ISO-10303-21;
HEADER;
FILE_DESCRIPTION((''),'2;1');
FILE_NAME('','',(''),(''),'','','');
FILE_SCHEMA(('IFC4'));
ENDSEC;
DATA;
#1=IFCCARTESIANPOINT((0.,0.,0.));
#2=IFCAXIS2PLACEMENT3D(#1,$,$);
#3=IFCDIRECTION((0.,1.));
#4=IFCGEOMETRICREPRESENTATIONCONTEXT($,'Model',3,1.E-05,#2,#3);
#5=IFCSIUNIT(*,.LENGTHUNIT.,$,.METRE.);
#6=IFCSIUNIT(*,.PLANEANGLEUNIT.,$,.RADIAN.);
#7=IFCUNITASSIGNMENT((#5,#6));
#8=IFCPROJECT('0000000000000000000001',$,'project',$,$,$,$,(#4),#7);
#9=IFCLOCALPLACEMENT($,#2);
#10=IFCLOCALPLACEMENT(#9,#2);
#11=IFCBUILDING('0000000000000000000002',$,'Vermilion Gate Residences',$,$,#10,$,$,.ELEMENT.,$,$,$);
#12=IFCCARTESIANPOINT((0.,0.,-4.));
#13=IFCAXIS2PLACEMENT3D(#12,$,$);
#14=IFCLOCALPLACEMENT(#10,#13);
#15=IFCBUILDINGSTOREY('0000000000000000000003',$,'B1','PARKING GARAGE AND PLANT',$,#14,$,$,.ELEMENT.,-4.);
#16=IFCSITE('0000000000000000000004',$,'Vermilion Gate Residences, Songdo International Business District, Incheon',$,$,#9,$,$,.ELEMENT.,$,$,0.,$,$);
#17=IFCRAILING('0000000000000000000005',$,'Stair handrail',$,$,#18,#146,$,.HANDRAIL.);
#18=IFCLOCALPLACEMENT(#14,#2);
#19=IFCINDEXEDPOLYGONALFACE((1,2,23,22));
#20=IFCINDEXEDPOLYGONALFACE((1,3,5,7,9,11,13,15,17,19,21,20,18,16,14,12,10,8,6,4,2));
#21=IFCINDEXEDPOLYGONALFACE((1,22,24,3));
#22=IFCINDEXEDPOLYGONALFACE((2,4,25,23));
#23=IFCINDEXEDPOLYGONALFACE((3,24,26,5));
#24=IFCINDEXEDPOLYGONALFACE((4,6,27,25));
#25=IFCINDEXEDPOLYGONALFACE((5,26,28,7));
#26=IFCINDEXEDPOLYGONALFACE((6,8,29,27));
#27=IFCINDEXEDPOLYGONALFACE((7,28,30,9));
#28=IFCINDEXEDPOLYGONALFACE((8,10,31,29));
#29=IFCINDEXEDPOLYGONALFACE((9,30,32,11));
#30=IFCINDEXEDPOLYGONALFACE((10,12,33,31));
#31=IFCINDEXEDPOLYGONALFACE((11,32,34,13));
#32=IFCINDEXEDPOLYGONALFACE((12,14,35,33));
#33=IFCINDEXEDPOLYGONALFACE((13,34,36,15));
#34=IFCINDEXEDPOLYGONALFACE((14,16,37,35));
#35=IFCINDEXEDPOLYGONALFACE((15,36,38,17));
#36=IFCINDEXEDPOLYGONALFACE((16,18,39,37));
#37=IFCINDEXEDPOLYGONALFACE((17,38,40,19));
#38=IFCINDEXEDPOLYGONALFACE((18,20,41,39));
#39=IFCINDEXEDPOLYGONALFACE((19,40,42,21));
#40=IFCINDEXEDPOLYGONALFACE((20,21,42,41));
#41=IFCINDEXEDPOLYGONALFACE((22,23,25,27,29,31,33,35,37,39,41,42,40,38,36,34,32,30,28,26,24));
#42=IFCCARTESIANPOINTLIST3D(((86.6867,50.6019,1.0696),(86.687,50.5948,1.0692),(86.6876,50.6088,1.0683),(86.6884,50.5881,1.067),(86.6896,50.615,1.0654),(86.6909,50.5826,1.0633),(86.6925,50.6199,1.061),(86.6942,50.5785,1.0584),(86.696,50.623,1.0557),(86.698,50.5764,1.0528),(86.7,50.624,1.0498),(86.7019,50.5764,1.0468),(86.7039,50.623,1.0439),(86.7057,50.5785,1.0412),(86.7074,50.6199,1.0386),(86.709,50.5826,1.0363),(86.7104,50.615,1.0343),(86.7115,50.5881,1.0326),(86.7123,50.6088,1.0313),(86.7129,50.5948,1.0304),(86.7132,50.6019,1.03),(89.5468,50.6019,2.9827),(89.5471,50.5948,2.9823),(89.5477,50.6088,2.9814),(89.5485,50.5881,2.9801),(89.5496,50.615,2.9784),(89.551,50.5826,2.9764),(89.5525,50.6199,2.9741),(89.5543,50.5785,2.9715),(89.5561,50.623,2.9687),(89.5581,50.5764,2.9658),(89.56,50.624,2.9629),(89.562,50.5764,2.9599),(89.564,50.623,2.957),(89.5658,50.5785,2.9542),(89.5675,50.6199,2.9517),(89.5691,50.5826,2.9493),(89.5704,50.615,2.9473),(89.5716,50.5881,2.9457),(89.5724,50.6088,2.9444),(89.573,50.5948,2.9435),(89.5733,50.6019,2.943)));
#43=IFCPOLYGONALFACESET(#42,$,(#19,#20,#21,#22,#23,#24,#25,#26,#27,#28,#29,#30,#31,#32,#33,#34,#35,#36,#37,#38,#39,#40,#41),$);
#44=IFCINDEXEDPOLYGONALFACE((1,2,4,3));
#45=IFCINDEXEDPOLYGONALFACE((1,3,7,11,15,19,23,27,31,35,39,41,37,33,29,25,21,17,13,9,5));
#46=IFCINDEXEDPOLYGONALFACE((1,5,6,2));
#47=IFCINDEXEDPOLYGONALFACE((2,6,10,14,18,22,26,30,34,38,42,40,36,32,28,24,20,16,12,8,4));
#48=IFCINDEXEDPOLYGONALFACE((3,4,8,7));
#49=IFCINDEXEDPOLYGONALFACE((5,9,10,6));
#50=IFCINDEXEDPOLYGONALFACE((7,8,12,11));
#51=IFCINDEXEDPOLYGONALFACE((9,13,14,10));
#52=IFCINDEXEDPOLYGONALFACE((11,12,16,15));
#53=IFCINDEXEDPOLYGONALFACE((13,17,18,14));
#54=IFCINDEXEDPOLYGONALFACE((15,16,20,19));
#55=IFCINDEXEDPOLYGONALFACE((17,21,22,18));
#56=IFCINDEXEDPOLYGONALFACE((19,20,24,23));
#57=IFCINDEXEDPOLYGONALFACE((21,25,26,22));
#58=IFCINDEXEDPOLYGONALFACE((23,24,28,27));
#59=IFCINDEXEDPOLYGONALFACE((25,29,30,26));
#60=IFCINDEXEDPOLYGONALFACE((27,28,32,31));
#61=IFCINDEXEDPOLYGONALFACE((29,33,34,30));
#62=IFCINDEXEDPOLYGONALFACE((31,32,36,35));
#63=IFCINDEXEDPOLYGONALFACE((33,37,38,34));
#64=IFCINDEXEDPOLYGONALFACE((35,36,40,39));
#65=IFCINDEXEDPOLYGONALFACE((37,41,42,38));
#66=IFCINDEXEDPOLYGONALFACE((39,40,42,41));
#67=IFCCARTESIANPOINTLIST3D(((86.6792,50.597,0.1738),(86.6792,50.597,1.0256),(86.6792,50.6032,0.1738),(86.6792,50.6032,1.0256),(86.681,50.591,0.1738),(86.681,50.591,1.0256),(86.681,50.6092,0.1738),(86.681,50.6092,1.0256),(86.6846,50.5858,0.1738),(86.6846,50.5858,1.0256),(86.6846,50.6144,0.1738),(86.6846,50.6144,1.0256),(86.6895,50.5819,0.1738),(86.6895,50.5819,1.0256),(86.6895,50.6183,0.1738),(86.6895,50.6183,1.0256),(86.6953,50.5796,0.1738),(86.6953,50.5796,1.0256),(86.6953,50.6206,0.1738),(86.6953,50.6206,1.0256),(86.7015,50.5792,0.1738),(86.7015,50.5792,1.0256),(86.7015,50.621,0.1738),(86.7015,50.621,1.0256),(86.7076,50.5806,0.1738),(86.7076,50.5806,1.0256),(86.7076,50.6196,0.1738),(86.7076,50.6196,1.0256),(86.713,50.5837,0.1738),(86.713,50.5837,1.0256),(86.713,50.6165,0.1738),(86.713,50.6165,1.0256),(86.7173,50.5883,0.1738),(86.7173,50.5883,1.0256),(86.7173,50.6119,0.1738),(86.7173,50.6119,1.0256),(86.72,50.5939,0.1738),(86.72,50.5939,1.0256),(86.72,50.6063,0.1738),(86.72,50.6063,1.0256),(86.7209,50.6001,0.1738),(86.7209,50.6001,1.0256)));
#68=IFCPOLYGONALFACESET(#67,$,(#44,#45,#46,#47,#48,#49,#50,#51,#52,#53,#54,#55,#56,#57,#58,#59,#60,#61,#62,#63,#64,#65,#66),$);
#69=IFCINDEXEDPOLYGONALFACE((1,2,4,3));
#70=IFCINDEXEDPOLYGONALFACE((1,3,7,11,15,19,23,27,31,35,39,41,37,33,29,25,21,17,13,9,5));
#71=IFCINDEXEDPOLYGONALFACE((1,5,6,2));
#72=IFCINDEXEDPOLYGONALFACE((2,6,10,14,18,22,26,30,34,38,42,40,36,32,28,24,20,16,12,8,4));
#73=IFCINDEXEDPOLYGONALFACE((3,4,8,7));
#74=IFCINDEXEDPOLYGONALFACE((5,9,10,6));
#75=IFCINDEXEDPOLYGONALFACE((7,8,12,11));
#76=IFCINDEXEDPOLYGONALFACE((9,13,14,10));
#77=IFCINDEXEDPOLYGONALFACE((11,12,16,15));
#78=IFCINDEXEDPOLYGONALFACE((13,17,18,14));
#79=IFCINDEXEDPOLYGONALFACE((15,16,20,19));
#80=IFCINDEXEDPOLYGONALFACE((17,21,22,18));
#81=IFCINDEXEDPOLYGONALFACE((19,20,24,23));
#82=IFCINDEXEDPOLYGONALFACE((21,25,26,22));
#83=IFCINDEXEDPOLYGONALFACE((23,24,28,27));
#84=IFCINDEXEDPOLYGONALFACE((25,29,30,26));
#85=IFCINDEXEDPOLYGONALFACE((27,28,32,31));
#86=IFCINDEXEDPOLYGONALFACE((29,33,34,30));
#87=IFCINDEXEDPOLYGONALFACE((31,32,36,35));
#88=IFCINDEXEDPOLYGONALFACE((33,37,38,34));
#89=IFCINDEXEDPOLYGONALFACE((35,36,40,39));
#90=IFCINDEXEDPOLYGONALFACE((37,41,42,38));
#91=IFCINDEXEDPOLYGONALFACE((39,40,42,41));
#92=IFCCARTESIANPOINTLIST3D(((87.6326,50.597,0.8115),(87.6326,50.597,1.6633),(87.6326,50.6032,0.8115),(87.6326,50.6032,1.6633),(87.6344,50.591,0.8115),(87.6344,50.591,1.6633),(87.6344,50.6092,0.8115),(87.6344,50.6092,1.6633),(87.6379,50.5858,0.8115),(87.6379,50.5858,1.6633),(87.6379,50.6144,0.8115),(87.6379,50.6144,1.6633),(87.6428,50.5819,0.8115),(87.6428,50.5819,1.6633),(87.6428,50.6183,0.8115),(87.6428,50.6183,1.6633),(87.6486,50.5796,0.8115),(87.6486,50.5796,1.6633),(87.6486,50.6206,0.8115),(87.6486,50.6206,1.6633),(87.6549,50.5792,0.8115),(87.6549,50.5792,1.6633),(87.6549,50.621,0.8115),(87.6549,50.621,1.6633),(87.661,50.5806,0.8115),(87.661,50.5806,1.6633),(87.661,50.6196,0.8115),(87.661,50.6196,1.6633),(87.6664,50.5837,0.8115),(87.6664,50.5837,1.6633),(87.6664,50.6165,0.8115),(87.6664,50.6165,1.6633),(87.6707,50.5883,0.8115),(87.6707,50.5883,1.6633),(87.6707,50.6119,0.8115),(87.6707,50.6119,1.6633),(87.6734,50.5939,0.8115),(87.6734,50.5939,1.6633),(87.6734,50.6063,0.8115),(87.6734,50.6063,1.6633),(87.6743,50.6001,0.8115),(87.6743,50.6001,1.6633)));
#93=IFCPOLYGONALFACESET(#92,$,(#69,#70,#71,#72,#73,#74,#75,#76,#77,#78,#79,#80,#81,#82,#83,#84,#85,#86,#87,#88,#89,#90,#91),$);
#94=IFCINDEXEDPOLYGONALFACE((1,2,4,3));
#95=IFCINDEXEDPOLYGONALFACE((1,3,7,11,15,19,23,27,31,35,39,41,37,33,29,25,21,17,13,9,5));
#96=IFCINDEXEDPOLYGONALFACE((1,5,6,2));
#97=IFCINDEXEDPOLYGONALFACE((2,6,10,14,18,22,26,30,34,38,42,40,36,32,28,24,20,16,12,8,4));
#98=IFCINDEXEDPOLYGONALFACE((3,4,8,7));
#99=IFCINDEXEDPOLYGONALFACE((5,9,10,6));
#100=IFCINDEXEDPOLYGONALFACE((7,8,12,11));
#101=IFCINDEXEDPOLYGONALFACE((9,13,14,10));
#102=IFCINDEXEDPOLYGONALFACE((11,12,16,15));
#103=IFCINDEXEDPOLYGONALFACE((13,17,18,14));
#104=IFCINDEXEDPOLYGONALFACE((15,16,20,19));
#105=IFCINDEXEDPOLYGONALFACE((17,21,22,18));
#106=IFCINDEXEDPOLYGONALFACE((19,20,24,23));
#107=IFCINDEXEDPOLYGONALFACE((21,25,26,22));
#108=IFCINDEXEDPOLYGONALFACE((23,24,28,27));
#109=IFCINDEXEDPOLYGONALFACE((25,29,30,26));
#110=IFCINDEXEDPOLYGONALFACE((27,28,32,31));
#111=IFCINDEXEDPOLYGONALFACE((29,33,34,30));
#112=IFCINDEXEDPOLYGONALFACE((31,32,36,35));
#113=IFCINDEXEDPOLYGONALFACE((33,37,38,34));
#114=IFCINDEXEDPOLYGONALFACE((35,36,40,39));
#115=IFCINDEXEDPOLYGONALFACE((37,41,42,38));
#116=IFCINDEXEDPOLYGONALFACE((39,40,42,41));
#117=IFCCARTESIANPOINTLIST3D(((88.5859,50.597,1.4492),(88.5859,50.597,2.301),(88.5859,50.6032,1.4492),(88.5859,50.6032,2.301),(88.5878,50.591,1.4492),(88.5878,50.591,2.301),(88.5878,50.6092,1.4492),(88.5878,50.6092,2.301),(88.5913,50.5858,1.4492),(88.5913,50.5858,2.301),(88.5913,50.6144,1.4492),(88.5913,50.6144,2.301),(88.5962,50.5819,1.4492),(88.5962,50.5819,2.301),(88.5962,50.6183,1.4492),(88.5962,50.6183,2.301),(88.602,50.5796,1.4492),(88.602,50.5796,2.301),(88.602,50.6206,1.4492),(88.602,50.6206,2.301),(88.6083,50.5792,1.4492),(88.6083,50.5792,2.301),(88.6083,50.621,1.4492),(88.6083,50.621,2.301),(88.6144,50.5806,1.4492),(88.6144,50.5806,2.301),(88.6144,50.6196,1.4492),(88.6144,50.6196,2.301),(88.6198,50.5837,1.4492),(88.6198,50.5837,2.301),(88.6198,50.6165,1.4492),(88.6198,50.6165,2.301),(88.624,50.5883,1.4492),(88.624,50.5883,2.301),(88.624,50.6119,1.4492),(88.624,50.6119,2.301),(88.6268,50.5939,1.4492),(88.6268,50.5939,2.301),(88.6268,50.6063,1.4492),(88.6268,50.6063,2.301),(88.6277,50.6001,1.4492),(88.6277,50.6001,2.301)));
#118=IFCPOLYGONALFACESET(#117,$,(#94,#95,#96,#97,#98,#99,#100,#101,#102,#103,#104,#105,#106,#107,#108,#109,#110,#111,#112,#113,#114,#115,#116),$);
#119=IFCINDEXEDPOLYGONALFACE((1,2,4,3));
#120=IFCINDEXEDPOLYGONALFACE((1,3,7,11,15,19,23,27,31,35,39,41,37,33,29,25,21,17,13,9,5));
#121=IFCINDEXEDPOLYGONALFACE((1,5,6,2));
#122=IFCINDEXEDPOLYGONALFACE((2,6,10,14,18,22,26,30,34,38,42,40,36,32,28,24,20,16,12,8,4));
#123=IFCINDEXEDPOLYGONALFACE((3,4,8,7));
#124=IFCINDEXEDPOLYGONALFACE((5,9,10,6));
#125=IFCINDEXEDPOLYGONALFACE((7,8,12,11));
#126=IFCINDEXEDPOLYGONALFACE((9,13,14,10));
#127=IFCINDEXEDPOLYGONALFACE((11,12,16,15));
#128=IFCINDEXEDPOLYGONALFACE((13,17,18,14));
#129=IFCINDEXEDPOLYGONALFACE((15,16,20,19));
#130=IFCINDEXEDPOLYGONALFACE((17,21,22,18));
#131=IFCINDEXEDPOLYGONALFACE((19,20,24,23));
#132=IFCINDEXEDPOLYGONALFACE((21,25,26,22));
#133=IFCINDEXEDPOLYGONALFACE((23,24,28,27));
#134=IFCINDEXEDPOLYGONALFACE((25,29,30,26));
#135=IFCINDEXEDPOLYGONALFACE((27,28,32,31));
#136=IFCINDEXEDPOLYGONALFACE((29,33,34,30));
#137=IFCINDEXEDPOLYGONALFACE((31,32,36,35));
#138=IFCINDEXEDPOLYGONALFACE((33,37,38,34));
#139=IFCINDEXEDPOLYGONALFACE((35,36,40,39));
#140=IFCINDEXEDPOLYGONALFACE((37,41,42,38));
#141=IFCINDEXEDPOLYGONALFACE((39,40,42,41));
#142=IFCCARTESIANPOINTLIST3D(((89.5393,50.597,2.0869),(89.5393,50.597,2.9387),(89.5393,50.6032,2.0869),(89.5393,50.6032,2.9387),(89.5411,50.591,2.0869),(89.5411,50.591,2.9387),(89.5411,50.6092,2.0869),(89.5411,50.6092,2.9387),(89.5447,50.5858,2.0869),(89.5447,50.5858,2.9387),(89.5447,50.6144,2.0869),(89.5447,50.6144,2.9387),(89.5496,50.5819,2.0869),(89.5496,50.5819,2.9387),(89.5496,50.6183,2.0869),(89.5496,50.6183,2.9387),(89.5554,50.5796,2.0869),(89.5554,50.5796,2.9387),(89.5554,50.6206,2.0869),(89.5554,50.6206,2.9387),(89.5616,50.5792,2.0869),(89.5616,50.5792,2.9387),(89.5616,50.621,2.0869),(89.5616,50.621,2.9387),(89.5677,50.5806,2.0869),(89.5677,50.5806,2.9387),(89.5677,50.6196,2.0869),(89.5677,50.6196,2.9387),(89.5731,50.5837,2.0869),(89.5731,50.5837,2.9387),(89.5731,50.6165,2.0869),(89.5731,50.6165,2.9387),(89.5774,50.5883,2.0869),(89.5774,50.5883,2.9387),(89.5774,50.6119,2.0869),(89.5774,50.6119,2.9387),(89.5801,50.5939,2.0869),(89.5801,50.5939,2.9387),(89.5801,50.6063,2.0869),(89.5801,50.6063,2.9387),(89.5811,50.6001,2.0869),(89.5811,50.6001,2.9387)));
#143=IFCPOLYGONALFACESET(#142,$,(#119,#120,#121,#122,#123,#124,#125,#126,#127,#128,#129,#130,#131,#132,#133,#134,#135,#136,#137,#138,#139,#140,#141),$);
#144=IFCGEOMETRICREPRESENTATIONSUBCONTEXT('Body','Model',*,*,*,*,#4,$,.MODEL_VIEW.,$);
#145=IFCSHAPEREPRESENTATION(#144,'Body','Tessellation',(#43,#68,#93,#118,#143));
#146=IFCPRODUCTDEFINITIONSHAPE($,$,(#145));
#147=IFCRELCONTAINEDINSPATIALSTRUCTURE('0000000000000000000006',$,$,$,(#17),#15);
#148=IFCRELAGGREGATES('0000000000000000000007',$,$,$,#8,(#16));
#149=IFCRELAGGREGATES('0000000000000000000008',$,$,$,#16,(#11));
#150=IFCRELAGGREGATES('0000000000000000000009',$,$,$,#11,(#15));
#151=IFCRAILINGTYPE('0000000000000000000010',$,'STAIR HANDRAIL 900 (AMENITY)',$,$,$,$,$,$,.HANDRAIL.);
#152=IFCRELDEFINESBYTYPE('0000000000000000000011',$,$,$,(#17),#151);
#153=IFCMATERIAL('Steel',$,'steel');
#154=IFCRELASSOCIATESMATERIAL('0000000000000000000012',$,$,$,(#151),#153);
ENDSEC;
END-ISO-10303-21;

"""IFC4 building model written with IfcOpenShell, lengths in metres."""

from ifc_helpers import new_model, si_unit, direction, frame, origin, origin_2d, place, context, subcontext, project, spatial, circle, extrude, material, type_object, element, save


model = new_model("IFC4")

# Units and contexts
model_context = context("Model", 3, precision=1e-05, world=origin(), true_north=direction((0.0, 1.0)))
body_context = subcontext(model_context, "Body", "Model", "MODEL_VIEW")
ifc_project = project(units=[si_unit("LENGTHUNIT", "METRE"), si_unit("PLANEANGLEUNIT", "RADIAN")], contexts=[model_context])

# Site, building, storey
site_placement = place(None, origin())
site = spatial("IfcSite", under=ifc_project, at=site_placement, Name="Vermilion Gate Residences, Songdo International Business District, Incheon", CompositionType="ELEMENT", RefElevation=0.0)
building_placement = place(site_placement, origin())
building = spatial("IfcBuilding", under=site, at=building_placement, Name="Vermilion Gate Residences", CompositionType="ELEMENT")
storey_placement = place(building_placement, frame((0.0, 0.0, -4.0)))
storey = spatial("IfcBuildingStorey", under=building, at=storey_placement, Name="B1", Description="PARKING GARAGE AND PLANT", CompositionType="ELEMENT", Elevation=-4.0)

# Railing
ifc_material_1 = material(Name="Steel", Category="steel")
railing_type = type_object("IfcRailingType", Name="STAIR HANDRAIL 900 (AMENITY)", PredefinedType="HANDRAIL", material=ifc_material_1)
railing_1_placement = place(storey_placement, frame((86.7, 50.6001, 0.1738)))
element("IfcRailing", 1, at=railing_1_placement, inside=storey, type_object=railing_type, Name="Stair handrail", PredefinedType="HANDRAIL", context=body_context, shape_type="SweptSolid", body=[
    extrude(circle(Radius=0.0239, at=origin_2d()), frame((0.0, 0.0, 0.876), z_axis=(0.831198, 0.0, 0.555977), x_axis=(0.0, 1.0, 0.0)), (0.0, 0.0, 1.0), 3.4409),
    extrude(circle(Radius=0.021, at=origin_2d()), origin(), (0.0, 0.0, 1.0), 0.8518),
    extrude(circle(Radius=0.021, at=origin_2d()), frame((0.9534, 0.0, 0.6377)), (0.0, 0.0, 1.0), 0.8518),
    extrude(circle(Radius=0.021, at=origin_2d()), frame((1.9067, 0.0, 1.2754)), (0.0, 0.0, 1.0), 0.8518),
    extrude(circle(Radius=0.021, at=origin_2d()), frame((2.8601, 0.0, 1.9131)), (0.0, 0.0, 1.0), 0.8518),
])

save(model, "model.ifc")
